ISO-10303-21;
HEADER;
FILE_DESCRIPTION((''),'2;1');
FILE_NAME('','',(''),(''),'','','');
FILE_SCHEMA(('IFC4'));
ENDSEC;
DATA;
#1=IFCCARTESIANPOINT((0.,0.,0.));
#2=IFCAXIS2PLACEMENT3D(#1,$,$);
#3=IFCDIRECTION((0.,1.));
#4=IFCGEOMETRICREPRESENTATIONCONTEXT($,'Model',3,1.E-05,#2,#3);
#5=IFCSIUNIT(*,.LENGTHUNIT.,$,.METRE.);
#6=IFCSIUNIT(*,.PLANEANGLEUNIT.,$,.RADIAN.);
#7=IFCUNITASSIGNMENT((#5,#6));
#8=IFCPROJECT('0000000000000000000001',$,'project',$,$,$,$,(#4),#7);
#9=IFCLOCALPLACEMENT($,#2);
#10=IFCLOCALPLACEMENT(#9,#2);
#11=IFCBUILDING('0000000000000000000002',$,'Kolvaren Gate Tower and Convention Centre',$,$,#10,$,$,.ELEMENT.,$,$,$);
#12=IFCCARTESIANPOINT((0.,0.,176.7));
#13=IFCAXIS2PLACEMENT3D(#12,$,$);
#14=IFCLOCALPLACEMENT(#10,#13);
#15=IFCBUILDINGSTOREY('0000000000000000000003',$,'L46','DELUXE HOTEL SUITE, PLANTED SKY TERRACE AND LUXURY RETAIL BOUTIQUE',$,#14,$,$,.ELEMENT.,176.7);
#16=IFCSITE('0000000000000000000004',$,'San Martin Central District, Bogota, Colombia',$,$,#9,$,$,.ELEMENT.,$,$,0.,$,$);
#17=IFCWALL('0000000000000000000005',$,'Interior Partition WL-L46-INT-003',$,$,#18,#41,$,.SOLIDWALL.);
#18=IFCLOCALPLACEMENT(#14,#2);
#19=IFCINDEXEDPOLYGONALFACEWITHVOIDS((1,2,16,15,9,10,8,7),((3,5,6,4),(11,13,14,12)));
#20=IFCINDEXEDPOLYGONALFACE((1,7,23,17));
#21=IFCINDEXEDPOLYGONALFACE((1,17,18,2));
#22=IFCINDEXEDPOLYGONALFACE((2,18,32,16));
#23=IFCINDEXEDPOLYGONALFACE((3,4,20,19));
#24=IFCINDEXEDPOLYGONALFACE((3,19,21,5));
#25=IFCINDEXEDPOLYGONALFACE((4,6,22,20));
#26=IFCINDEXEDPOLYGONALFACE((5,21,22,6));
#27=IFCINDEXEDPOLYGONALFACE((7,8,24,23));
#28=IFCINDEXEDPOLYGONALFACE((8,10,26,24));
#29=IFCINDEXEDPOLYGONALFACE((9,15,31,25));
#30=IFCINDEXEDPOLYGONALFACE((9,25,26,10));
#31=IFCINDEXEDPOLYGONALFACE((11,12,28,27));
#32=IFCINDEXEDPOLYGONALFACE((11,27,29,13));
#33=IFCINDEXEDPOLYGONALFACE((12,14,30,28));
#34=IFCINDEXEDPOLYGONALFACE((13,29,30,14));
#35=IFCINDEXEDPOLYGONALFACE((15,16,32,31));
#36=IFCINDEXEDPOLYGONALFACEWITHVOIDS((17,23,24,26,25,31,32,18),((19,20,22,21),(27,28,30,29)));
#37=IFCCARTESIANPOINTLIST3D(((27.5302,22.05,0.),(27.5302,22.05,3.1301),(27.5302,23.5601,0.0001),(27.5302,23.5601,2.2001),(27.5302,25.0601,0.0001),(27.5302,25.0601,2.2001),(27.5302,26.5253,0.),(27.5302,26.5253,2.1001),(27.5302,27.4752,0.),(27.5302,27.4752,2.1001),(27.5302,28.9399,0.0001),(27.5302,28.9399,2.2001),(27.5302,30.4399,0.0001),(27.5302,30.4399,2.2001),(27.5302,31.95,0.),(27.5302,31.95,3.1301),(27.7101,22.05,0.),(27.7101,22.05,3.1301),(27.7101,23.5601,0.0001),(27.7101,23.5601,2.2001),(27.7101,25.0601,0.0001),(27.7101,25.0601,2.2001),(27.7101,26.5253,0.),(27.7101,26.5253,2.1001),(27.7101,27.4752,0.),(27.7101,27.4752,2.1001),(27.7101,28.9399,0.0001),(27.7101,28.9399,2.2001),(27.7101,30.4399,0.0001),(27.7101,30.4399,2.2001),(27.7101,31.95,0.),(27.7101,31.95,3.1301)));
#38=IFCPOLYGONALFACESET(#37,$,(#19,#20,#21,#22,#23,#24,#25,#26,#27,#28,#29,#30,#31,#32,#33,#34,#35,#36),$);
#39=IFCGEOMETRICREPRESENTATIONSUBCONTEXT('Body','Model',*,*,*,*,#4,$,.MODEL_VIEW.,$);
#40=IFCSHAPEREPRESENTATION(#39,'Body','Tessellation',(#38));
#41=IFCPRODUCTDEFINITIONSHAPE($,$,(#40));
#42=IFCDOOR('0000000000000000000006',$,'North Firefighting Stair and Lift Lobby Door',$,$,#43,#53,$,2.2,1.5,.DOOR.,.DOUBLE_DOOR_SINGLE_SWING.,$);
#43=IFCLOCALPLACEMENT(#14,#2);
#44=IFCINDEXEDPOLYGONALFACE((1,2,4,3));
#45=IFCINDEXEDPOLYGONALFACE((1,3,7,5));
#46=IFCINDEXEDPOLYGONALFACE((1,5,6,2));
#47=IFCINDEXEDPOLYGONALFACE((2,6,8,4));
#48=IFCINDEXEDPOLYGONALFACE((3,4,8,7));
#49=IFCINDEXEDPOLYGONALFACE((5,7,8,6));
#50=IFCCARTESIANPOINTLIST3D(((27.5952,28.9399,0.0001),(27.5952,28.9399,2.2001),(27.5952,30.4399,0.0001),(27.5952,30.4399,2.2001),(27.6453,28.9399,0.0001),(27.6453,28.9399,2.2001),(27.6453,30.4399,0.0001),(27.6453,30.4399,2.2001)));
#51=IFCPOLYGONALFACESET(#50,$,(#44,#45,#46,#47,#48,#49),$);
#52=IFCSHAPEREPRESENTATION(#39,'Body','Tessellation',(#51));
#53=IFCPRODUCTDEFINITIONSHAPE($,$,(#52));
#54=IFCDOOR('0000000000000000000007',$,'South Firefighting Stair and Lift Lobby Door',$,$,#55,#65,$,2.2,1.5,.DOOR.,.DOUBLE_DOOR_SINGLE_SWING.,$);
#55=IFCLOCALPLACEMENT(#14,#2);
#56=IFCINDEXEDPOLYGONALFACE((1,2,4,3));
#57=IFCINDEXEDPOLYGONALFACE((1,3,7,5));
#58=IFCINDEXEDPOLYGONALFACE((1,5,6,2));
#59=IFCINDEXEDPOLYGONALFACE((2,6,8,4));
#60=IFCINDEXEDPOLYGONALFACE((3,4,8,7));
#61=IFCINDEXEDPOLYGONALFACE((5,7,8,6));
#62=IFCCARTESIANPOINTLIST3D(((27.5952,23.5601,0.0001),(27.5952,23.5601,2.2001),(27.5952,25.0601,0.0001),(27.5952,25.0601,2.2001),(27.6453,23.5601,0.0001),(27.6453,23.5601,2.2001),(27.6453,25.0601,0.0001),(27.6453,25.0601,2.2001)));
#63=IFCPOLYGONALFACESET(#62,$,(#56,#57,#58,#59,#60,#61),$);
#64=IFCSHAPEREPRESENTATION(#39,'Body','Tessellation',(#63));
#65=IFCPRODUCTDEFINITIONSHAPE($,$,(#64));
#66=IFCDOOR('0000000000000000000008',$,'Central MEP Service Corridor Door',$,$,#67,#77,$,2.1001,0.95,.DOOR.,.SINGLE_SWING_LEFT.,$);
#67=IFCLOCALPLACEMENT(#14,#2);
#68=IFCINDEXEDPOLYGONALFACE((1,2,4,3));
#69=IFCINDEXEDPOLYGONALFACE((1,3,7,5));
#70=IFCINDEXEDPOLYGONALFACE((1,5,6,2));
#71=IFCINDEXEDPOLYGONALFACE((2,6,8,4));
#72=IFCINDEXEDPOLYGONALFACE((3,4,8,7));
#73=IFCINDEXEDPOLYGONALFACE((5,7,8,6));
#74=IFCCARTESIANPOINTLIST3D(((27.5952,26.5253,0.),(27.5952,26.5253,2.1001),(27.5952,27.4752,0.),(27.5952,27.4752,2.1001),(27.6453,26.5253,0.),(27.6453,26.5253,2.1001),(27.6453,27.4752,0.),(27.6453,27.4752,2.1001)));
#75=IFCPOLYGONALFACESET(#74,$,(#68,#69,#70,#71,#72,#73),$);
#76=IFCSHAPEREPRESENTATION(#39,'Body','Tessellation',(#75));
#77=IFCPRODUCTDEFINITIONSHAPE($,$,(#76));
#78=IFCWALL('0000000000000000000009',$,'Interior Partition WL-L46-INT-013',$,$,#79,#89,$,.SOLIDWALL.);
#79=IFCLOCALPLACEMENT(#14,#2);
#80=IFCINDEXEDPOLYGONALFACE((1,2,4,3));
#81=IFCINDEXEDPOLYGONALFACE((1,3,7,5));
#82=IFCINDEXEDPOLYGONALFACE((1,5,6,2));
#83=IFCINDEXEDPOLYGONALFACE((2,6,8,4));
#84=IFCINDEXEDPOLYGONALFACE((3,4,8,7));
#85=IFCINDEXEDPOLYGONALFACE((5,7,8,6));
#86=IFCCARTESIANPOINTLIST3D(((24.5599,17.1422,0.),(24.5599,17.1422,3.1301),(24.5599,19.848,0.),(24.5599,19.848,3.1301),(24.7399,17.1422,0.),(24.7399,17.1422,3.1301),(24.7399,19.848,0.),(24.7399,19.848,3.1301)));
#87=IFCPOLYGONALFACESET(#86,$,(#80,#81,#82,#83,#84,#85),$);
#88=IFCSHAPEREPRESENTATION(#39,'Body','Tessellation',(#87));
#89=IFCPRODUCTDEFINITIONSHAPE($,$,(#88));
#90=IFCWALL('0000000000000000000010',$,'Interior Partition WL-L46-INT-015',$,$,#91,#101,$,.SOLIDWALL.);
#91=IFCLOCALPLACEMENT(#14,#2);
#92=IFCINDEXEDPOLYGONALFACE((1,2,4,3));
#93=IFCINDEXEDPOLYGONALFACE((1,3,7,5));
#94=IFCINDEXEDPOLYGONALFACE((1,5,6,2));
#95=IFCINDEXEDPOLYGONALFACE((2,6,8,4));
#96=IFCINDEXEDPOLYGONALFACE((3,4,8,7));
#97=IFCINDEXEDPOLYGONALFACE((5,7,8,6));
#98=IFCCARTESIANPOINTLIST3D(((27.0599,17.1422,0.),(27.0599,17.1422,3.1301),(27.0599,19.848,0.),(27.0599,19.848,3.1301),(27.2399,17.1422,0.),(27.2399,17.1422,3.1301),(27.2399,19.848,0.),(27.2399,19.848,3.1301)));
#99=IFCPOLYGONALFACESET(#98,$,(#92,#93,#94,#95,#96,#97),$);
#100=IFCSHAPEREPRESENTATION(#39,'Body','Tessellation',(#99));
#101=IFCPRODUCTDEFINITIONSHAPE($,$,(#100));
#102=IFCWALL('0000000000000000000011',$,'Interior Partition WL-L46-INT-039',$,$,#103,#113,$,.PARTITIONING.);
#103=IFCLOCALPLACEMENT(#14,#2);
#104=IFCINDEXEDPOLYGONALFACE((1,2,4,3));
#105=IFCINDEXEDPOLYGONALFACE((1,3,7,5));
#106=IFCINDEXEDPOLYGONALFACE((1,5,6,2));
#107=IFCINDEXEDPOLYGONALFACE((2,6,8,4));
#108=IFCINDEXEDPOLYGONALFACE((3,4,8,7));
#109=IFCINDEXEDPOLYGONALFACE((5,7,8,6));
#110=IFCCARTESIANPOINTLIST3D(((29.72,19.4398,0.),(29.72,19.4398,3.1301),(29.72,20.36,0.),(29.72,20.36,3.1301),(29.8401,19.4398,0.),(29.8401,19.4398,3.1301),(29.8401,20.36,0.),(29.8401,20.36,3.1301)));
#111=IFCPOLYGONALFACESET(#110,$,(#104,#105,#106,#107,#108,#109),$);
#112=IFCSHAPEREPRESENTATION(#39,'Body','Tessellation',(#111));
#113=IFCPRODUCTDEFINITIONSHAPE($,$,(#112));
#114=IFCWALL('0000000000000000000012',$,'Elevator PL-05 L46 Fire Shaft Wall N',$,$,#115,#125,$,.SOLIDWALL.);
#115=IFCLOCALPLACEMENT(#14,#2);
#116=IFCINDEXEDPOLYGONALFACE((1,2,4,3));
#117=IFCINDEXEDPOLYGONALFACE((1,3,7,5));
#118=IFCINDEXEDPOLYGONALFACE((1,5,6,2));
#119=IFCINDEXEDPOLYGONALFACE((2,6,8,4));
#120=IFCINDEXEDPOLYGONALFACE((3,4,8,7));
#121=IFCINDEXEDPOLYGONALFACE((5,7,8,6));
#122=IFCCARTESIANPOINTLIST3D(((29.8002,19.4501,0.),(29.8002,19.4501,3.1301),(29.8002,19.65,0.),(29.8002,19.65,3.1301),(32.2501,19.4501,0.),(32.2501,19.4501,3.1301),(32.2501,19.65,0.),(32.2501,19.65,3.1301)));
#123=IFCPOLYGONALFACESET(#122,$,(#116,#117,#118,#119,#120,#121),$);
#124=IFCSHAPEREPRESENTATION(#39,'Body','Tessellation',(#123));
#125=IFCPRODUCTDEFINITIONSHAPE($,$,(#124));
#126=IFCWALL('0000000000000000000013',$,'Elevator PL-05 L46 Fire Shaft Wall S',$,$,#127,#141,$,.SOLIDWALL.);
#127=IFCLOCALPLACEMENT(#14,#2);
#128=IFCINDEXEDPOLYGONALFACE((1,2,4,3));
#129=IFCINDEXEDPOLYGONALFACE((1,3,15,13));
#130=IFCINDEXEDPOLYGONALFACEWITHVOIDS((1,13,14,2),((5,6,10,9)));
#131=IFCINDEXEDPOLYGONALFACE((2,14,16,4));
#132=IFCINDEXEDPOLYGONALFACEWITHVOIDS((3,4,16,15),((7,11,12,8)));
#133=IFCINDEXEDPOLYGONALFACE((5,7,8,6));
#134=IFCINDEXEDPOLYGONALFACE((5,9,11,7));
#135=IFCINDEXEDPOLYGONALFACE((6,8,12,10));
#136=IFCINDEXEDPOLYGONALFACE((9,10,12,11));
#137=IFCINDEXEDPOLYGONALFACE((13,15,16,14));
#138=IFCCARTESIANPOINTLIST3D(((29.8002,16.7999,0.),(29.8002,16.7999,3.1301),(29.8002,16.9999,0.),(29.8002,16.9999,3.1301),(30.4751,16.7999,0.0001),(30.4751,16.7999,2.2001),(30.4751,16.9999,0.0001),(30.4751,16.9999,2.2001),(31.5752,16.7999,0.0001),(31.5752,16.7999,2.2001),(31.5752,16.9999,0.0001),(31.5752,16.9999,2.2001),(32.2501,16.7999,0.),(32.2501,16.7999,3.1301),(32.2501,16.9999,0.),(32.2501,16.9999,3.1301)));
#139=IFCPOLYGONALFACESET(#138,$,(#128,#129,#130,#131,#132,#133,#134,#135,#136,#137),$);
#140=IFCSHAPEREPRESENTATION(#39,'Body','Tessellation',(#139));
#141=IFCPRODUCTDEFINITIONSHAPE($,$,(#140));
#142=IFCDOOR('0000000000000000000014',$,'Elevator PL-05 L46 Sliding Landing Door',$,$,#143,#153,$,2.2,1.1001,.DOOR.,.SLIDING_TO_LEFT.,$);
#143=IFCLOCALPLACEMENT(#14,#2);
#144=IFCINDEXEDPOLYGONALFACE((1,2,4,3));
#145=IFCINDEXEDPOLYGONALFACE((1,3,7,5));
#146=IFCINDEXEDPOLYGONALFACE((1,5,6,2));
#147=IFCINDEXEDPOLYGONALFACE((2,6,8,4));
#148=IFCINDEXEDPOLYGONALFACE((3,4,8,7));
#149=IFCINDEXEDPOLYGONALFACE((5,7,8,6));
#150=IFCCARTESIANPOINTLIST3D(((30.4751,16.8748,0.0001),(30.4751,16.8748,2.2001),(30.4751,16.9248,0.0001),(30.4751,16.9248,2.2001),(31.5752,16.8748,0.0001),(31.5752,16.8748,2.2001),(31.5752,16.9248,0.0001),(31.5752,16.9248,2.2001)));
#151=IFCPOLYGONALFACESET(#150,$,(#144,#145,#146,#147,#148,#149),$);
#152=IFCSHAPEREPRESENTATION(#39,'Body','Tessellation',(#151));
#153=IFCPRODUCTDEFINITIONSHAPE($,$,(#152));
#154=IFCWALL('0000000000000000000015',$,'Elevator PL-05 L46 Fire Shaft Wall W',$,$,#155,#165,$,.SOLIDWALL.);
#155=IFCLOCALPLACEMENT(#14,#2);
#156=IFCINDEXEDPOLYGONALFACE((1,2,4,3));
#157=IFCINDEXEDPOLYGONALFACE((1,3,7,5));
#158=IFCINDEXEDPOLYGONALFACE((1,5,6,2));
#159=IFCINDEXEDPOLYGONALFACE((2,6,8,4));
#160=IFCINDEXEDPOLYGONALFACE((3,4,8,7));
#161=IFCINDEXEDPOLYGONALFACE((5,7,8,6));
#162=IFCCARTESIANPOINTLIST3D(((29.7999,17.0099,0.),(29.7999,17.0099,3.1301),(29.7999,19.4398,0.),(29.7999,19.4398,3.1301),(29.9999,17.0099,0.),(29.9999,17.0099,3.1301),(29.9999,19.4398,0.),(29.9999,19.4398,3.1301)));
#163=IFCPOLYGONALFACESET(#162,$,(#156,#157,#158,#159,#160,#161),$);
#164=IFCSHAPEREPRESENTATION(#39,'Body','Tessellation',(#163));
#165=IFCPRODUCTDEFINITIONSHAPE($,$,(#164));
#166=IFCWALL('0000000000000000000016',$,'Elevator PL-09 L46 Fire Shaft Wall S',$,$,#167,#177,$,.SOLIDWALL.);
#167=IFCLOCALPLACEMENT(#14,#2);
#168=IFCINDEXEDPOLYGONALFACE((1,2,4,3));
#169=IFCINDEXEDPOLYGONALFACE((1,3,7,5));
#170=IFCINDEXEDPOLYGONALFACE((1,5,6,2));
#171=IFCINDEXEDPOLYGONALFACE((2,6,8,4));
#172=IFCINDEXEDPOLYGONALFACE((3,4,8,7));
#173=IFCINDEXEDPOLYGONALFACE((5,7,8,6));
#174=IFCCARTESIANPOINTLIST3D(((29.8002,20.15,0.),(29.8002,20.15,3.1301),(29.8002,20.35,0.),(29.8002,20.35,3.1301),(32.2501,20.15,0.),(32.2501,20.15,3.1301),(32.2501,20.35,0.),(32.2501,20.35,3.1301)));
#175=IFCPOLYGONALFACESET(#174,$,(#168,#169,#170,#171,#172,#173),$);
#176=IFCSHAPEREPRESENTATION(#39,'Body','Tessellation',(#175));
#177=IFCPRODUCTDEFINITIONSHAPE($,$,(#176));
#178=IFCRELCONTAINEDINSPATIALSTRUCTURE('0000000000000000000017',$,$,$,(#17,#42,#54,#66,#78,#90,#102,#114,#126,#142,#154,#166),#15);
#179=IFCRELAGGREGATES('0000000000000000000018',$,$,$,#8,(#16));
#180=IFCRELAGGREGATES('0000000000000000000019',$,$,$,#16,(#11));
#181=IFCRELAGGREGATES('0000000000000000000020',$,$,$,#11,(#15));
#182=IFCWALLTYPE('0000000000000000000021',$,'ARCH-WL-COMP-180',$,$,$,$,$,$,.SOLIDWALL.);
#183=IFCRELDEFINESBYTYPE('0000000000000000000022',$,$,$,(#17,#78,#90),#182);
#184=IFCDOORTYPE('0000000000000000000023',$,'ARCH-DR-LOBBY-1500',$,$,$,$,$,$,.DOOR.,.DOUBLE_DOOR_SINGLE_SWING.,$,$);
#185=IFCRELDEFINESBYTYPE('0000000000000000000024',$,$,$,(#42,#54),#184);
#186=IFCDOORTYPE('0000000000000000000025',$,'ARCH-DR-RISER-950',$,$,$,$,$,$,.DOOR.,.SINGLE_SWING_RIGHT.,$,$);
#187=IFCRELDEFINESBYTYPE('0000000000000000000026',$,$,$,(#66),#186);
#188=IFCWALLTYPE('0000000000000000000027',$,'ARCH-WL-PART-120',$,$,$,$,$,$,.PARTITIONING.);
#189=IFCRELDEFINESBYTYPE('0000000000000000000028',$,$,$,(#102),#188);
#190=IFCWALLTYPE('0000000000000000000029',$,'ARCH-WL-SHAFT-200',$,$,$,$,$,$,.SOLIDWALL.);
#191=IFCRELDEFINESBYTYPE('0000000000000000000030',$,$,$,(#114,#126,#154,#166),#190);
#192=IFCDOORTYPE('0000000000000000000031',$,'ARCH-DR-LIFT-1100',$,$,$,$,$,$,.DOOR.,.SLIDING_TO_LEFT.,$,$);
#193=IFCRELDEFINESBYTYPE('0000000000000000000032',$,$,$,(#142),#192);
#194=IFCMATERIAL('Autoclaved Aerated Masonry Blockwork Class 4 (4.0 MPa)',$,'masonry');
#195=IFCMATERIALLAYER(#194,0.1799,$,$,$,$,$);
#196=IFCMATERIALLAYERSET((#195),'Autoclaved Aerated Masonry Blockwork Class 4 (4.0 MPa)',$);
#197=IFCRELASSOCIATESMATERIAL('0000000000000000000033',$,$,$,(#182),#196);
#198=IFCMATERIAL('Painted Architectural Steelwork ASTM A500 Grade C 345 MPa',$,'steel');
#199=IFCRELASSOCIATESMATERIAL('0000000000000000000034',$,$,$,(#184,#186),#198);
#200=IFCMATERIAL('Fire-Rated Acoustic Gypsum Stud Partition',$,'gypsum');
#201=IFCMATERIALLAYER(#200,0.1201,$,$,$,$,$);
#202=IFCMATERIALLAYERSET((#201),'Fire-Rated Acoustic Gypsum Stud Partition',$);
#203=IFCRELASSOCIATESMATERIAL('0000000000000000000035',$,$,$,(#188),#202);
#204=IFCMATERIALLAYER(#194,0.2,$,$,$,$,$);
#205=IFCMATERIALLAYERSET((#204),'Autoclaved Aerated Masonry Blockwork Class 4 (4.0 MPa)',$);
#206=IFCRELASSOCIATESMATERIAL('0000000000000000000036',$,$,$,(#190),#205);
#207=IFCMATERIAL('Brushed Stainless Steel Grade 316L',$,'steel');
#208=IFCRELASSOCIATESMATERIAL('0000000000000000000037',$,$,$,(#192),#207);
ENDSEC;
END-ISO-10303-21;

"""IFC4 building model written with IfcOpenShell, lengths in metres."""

from ifc_helpers import new_model, si_unit, direction, frame, frame_2d, origin, place, context, subcontext, project, spatial, rectangle, extrude, material, layer, layer_set, type_object, element, fill, save


model = new_model("IFC4")

# Units and contexts
model_context = context("Model", 3, precision=1e-05, world=origin(), true_north=direction((0.0, 1.0)))
body_context = subcontext(model_context, "Body", "Model", "MODEL_VIEW")
ifc_project = project(units=[si_unit("LENGTHUNIT", "METRE"), si_unit("PLANEANGLEUNIT", "RADIAN")], contexts=[model_context])

# Site, building, storey
site_placement = place(None, origin())
site = spatial("IfcSite", under=ifc_project, at=site_placement, Name="San Martin Central District, Bogota, Colombia", CompositionType="ELEMENT", RefElevation=0.0)
building_placement = place(site_placement, origin())
building = spatial("IfcBuilding", under=site, at=building_placement, Name="Kolvaren Gate Tower and Convention Centre", CompositionType="ELEMENT")
storey_placement = place(building_placement, frame((0.0, 0.0, 176.7)))
storey = spatial("IfcBuildingStorey", under=building, at=storey_placement, Name="L46", Description="DELUXE HOTEL SUITE, PLANTED SKY TERRACE AND LUXURY RETAIL BOUTIQUE", CompositionType="ELEMENT", Elevation=176.7)

# Wall, openings, doors
ifc_material_1 = material(Name="Autoclaved Aerated Masonry Blockwork Class 4 (4.0 MPa)", Category="masonry")
ifc_layer_1 = layer(ifc_material_1, 0.1799)
ifc_layer_set_1 = layer_set([ifc_layer_1], Name="Autoclaved Aerated Masonry Blockwork Class 4 (4.0 MPa)")
wall_type_1 = type_object("IfcWallType", Name="ARCH-WL-COMP-180", PredefinedType="SOLIDWALL", material=ifc_layer_set_1)
wall_1_placement = place(storey_placement, frame((27.6201, 22.05, 0.0), z_axis=(0.0, 0.0, 1.0), x_axis=(0.0, 1.0, 0.0)))
wall_1 = element("IfcWall", 1, at=wall_1_placement, inside=storey, type_object=wall_type_1, Name="Interior Partition WL-L46-INT-003", PredefinedType="SOLIDWALL", context=body_context, shape_type="SweptSolid", body=[
    extrude(rectangle(XDim=9.8999, YDim=0.1799, at=frame_2d((4.95, 0.0))), origin(), (0.0, 0.0, 1.0), 3.1301),
])
opening_1_placement = place(wall_1_placement, frame((4.4751, 0.0, 0.0)))
opening_1 = element("IfcOpeningElement", 2, at=opening_1_placement, cuts=wall_1, PredefinedType="OPENING", context=body_context, shape_type="SweptSolid", body=[
    extrude(rectangle(XDim=0.95, YDim=2.1001, at=frame_2d((0.4751, 1.05))), frame((0.0, 0.0999, 0.0), z_axis=(0.0, -1.0, 0.0), x_axis=(1.0, 0.0, 0.0)), (0.0, 0.0, 1.0), 0.2),
])
opening_2_placement = place(wall_1_placement, frame((6.8899, 0.0, 0.0)))
opening_2 = element("IfcOpeningElement", 3, at=opening_2_placement, cuts=wall_1, PredefinedType="OPENING", context=body_context, shape_type="SweptSolid", body=[
    extrude(rectangle(XDim=1.5, YDim=2.2, at=frame_2d((0.75, 1.1001))), frame((0.0, 0.0999, 0.0), z_axis=(0.0, -1.0, 0.0), x_axis=(1.0, 0.0, 0.0)), (0.0, 0.0, 1.0), 0.2),
])
opening_3_placement = place(wall_1_placement, frame((1.51, 0.0, 0.0)))
opening_3 = element("IfcOpeningElement", 4, at=opening_3_placement, cuts=wall_1, PredefinedType="OPENING", context=body_context, shape_type="SweptSolid", body=[
    extrude(rectangle(XDim=1.5, YDim=2.2, at=frame_2d((0.75, 1.1001))), frame((0.0, 0.0999, 0.0), z_axis=(0.0, -1.0, 0.0), x_axis=(1.0, 0.0, 0.0)), (0.0, 0.0, 1.0), 0.2),
])
ifc_material_2 = material(Name="Painted Architectural Steelwork ASTM A500 Grade C 345 MPa", Category="steel")
door_type_1 = type_object("IfcDoorType", Name="ARCH-DR-LOBBY-1500", OperationType="DOUBLE_DOOR_SINGLE_SWING", PredefinedType="DOOR", material=ifc_material_2)
door_1_placement = place(opening_2_placement, origin())
door_1 = element("IfcDoor", 5, at=door_1_placement, inside=storey, type_object=door_type_1, Name="North Firefighting Stair and Lift Lobby Door", OperationType="DOUBLE_DOOR_SINGLE_SWING", OverallHeight=2.2, OverallWidth=1.5, PredefinedType="DOOR", context=body_context, shape_type="SweptSolid", body=[
    extrude(rectangle(XDim=1.5, YDim=2.2, at=frame_2d((0.75, 1.1001))), frame((0.0, 0.0249, 0.0), z_axis=(0.0, -1.0, 0.0), x_axis=(1.0, 0.0, 0.0)), (0.0, 0.0, 1.0), 0.05),
])
fill(opening_2, door_1)
door_2_placement = place(opening_3_placement, origin())
door_2 = element("IfcDoor", 6, at=door_2_placement, inside=storey, type_object=door_type_1, Name="South Firefighting Stair and Lift Lobby Door", OperationType="DOUBLE_DOOR_SINGLE_SWING", OverallHeight=2.2, OverallWidth=1.5, PredefinedType="DOOR", context=body_context, shape_type="SweptSolid", body=[
    extrude(rectangle(XDim=1.5, YDim=2.2, at=frame_2d((0.75, 1.1001))), frame((0.0, 0.0249, 0.0), z_axis=(0.0, -1.0, 0.0), x_axis=(1.0, 0.0, 0.0)), (0.0, 0.0, 1.0), 0.05),
])
fill(opening_3, door_2)
door_type_2 = type_object("IfcDoorType", Name="ARCH-DR-RISER-950", OperationType="SINGLE_SWING_RIGHT", PredefinedType="DOOR", material=ifc_material_2)
door_3_placement = place(opening_1_placement, origin())
door_3 = element("IfcDoor", 7, at=door_3_placement, inside=storey, type_object=door_type_2, Name="Central MEP Service Corridor Door", OperationType="SINGLE_SWING_LEFT", OverallHeight=2.1001, OverallWidth=0.95, PredefinedType="DOOR", context=body_context, shape_type="SweptSolid", body=[
    extrude(rectangle(XDim=0.95, YDim=2.1001, at=frame_2d((0.4751, 1.05))), frame((0.0, 0.0249, 0.0), z_axis=(0.0, -1.0, 0.0), x_axis=(1.0, 0.0, 0.0)), (0.0, 0.0, 1.0), 0.05),
])
fill(opening_1, door_3)

# Walls
for number, where, z_axis, x_axis, name in (
    (8, (24.6499, 17.1421, 0.0), (0.0, 0.0, 1.0), (0.0, 1.0, 0.0), "Interior Partition WL-L46-INT-013"),
    (9, (27.1499, 17.1421, 0.0), (0.0, 0.0, 1.0), (0.0, 1.0, 0.0), "Interior Partition WL-L46-INT-015"),
):
    element("IfcWall", number, at=place(storey_placement, frame(where, z_axis=z_axis, x_axis=x_axis)), inside=storey, type_object=wall_type_1, Name=name, PredefinedType="SOLIDWALL", context=body_context, shape_type="SweptSolid", body=[
        extrude(rectangle(XDim=2.7058, YDim=0.1799, at=frame_2d((1.353, 0.0))), origin(), (0.0, 0.0, 1.0), 3.1301),
    ])
ifc_material_3 = material(Name="Fire-Rated Acoustic Gypsum Stud Partition", Category="gypsum")
ifc_layer_2 = layer(ifc_material_3, 0.1201)
ifc_layer_set_2 = layer_set([ifc_layer_2], Name="Fire-Rated Acoustic Gypsum Stud Partition")
wall_type_2 = type_object("IfcWallType", Name="ARCH-WL-PART-120", PredefinedType="PARTITIONING", material=ifc_layer_set_2)
wall_2_placement = place(storey_placement, frame((29.78, 19.4399, 0.0), z_axis=(0.0, 0.0, 1.0), x_axis=(0.0, 1.0, 0.0)))
element("IfcWall", 10, at=wall_2_placement, inside=storey, type_object=wall_type_2, Name="Interior Partition WL-L46-INT-039", PredefinedType="PARTITIONING", context=body_context, shape_type="SweptSolid", body=[
    extrude(rectangle(XDim=0.9202, YDim=0.1201, at=frame_2d((0.46, 0.0))), origin(), (0.0, 0.0, 1.0), 3.1301),
])
ifc_layer_3 = layer(ifc_material_1, 0.2)
ifc_layer_set_3 = layer_set([ifc_layer_3], Name="Autoclaved Aerated Masonry Blockwork Class 4 (4.0 MPa)")
wall_type_3 = type_object("IfcWallType", Name="ARCH-WL-SHAFT-200", PredefinedType="SOLIDWALL", material=ifc_layer_set_3)
wall_3_placement = place(storey_placement, frame((29.8, 19.55, 0.0), z_axis=(0.0, 0.0, 1.0), x_axis=(1.0, 0.0, 0.0)))
element("IfcWall", 11, at=wall_3_placement, inside=storey, type_object=wall_type_3, Name="Elevator PL-05 L46 Fire Shaft Wall N", PredefinedType="SOLIDWALL", context=body_context, shape_type="SweptSolid", body=[
    extrude(rectangle(XDim=2.45, YDim=0.2, at=frame_2d((1.2251, 0.0))), origin(), (0.0, 0.0, 1.0), 3.1301),
])

# Wall, opening, door
wall_4_placement = place(storey_placement, frame((29.8, 16.8999, 0.0), z_axis=(0.0, 0.0, 1.0), x_axis=(1.0, 0.0, 0.0)))
wall_4 = element("IfcWall", 12, at=wall_4_placement, inside=storey, type_object=wall_type_3, Name="Elevator PL-05 L46 Fire Shaft Wall S", PredefinedType="SOLIDWALL", context=body_context, shape_type="SweptSolid", body=[
    extrude(rectangle(XDim=2.45, YDim=0.2, at=frame_2d((1.2251, 0.0))), origin(), (0.0, 0.0, 1.0), 3.1301),
])
opening_4_placement = place(wall_4_placement, frame((0.675, 0.0, 0.0)))
opening_4 = element("IfcOpeningElement", 13, at=opening_4_placement, cuts=wall_4, PredefinedType="OPENING", context=body_context, shape_type="SweptSolid", body=[
    extrude(rectangle(XDim=1.1001, YDim=2.2, at=frame_2d((0.55, 1.1001))), frame((0.0, 0.1099, 0.0), z_axis=(0.0, -1.0, 0.0), x_axis=(1.0, 0.0, 0.0)), (0.0, 0.0, 1.0), 0.22),
])
ifc_material_4 = material(Name="Brushed Stainless Steel Grade 316L", Category="steel")
door_type_3 = type_object("IfcDoorType", Name="ARCH-DR-LIFT-1100", OperationType="SLIDING_TO_LEFT", PredefinedType="DOOR", material=ifc_material_4)
door_4_placement = place(opening_4_placement, origin())
door_4 = element("IfcDoor", 14, at=door_4_placement, inside=storey, type_object=door_type_3, Name="Elevator PL-05 L46 Sliding Landing Door", OperationType="SLIDING_TO_LEFT", OverallHeight=2.2, OverallWidth=1.1001, PredefinedType="DOOR", context=body_context, shape_type="SweptSolid", body=[
    extrude(rectangle(XDim=1.1001, YDim=2.2, at=frame_2d((0.55, 1.1001))), frame((0.0, 0.0249, 0.0), z_axis=(0.0, -1.0, 0.0), x_axis=(1.0, 0.0, 0.0)), (0.0, 0.0, 1.0), 0.05),
])
fill(opening_4, door_4)

# Walls
wall_5_placement = place(storey_placement, frame((29.8999, 17.01, 0.0), z_axis=(0.0, 0.0, 1.0), x_axis=(0.0, 1.0, 0.0)))
element("IfcWall", 15, at=wall_5_placement, inside=storey, type_object=wall_type_3, Name="Elevator PL-05 L46 Fire Shaft Wall W", PredefinedType="SOLIDWALL", context=body_context, shape_type="SweptSolid", body=[
    extrude(rectangle(XDim=2.4299, YDim=0.2, at=frame_2d((1.2148, 0.0))), origin(), (0.0, 0.0, 1.0), 3.1301),
])
wall_6_placement = place(storey_placement, frame((29.8, 20.25, 0.0), z_axis=(0.0, 0.0, 1.0), x_axis=(1.0, 0.0, 0.0)))
element("IfcWall", 16, at=wall_6_placement, inside=storey, type_object=wall_type_3, Name="Elevator PL-09 L46 Fire Shaft Wall S", PredefinedType="SOLIDWALL", context=body_context, shape_type="SweptSolid", body=[
    extrude(rectangle(XDim=2.45, YDim=0.2, at=frame_2d((1.2251, 0.0))), origin(), (0.0, 0.0, 1.0), 3.1301),
])

save(model, "model.ifc")
